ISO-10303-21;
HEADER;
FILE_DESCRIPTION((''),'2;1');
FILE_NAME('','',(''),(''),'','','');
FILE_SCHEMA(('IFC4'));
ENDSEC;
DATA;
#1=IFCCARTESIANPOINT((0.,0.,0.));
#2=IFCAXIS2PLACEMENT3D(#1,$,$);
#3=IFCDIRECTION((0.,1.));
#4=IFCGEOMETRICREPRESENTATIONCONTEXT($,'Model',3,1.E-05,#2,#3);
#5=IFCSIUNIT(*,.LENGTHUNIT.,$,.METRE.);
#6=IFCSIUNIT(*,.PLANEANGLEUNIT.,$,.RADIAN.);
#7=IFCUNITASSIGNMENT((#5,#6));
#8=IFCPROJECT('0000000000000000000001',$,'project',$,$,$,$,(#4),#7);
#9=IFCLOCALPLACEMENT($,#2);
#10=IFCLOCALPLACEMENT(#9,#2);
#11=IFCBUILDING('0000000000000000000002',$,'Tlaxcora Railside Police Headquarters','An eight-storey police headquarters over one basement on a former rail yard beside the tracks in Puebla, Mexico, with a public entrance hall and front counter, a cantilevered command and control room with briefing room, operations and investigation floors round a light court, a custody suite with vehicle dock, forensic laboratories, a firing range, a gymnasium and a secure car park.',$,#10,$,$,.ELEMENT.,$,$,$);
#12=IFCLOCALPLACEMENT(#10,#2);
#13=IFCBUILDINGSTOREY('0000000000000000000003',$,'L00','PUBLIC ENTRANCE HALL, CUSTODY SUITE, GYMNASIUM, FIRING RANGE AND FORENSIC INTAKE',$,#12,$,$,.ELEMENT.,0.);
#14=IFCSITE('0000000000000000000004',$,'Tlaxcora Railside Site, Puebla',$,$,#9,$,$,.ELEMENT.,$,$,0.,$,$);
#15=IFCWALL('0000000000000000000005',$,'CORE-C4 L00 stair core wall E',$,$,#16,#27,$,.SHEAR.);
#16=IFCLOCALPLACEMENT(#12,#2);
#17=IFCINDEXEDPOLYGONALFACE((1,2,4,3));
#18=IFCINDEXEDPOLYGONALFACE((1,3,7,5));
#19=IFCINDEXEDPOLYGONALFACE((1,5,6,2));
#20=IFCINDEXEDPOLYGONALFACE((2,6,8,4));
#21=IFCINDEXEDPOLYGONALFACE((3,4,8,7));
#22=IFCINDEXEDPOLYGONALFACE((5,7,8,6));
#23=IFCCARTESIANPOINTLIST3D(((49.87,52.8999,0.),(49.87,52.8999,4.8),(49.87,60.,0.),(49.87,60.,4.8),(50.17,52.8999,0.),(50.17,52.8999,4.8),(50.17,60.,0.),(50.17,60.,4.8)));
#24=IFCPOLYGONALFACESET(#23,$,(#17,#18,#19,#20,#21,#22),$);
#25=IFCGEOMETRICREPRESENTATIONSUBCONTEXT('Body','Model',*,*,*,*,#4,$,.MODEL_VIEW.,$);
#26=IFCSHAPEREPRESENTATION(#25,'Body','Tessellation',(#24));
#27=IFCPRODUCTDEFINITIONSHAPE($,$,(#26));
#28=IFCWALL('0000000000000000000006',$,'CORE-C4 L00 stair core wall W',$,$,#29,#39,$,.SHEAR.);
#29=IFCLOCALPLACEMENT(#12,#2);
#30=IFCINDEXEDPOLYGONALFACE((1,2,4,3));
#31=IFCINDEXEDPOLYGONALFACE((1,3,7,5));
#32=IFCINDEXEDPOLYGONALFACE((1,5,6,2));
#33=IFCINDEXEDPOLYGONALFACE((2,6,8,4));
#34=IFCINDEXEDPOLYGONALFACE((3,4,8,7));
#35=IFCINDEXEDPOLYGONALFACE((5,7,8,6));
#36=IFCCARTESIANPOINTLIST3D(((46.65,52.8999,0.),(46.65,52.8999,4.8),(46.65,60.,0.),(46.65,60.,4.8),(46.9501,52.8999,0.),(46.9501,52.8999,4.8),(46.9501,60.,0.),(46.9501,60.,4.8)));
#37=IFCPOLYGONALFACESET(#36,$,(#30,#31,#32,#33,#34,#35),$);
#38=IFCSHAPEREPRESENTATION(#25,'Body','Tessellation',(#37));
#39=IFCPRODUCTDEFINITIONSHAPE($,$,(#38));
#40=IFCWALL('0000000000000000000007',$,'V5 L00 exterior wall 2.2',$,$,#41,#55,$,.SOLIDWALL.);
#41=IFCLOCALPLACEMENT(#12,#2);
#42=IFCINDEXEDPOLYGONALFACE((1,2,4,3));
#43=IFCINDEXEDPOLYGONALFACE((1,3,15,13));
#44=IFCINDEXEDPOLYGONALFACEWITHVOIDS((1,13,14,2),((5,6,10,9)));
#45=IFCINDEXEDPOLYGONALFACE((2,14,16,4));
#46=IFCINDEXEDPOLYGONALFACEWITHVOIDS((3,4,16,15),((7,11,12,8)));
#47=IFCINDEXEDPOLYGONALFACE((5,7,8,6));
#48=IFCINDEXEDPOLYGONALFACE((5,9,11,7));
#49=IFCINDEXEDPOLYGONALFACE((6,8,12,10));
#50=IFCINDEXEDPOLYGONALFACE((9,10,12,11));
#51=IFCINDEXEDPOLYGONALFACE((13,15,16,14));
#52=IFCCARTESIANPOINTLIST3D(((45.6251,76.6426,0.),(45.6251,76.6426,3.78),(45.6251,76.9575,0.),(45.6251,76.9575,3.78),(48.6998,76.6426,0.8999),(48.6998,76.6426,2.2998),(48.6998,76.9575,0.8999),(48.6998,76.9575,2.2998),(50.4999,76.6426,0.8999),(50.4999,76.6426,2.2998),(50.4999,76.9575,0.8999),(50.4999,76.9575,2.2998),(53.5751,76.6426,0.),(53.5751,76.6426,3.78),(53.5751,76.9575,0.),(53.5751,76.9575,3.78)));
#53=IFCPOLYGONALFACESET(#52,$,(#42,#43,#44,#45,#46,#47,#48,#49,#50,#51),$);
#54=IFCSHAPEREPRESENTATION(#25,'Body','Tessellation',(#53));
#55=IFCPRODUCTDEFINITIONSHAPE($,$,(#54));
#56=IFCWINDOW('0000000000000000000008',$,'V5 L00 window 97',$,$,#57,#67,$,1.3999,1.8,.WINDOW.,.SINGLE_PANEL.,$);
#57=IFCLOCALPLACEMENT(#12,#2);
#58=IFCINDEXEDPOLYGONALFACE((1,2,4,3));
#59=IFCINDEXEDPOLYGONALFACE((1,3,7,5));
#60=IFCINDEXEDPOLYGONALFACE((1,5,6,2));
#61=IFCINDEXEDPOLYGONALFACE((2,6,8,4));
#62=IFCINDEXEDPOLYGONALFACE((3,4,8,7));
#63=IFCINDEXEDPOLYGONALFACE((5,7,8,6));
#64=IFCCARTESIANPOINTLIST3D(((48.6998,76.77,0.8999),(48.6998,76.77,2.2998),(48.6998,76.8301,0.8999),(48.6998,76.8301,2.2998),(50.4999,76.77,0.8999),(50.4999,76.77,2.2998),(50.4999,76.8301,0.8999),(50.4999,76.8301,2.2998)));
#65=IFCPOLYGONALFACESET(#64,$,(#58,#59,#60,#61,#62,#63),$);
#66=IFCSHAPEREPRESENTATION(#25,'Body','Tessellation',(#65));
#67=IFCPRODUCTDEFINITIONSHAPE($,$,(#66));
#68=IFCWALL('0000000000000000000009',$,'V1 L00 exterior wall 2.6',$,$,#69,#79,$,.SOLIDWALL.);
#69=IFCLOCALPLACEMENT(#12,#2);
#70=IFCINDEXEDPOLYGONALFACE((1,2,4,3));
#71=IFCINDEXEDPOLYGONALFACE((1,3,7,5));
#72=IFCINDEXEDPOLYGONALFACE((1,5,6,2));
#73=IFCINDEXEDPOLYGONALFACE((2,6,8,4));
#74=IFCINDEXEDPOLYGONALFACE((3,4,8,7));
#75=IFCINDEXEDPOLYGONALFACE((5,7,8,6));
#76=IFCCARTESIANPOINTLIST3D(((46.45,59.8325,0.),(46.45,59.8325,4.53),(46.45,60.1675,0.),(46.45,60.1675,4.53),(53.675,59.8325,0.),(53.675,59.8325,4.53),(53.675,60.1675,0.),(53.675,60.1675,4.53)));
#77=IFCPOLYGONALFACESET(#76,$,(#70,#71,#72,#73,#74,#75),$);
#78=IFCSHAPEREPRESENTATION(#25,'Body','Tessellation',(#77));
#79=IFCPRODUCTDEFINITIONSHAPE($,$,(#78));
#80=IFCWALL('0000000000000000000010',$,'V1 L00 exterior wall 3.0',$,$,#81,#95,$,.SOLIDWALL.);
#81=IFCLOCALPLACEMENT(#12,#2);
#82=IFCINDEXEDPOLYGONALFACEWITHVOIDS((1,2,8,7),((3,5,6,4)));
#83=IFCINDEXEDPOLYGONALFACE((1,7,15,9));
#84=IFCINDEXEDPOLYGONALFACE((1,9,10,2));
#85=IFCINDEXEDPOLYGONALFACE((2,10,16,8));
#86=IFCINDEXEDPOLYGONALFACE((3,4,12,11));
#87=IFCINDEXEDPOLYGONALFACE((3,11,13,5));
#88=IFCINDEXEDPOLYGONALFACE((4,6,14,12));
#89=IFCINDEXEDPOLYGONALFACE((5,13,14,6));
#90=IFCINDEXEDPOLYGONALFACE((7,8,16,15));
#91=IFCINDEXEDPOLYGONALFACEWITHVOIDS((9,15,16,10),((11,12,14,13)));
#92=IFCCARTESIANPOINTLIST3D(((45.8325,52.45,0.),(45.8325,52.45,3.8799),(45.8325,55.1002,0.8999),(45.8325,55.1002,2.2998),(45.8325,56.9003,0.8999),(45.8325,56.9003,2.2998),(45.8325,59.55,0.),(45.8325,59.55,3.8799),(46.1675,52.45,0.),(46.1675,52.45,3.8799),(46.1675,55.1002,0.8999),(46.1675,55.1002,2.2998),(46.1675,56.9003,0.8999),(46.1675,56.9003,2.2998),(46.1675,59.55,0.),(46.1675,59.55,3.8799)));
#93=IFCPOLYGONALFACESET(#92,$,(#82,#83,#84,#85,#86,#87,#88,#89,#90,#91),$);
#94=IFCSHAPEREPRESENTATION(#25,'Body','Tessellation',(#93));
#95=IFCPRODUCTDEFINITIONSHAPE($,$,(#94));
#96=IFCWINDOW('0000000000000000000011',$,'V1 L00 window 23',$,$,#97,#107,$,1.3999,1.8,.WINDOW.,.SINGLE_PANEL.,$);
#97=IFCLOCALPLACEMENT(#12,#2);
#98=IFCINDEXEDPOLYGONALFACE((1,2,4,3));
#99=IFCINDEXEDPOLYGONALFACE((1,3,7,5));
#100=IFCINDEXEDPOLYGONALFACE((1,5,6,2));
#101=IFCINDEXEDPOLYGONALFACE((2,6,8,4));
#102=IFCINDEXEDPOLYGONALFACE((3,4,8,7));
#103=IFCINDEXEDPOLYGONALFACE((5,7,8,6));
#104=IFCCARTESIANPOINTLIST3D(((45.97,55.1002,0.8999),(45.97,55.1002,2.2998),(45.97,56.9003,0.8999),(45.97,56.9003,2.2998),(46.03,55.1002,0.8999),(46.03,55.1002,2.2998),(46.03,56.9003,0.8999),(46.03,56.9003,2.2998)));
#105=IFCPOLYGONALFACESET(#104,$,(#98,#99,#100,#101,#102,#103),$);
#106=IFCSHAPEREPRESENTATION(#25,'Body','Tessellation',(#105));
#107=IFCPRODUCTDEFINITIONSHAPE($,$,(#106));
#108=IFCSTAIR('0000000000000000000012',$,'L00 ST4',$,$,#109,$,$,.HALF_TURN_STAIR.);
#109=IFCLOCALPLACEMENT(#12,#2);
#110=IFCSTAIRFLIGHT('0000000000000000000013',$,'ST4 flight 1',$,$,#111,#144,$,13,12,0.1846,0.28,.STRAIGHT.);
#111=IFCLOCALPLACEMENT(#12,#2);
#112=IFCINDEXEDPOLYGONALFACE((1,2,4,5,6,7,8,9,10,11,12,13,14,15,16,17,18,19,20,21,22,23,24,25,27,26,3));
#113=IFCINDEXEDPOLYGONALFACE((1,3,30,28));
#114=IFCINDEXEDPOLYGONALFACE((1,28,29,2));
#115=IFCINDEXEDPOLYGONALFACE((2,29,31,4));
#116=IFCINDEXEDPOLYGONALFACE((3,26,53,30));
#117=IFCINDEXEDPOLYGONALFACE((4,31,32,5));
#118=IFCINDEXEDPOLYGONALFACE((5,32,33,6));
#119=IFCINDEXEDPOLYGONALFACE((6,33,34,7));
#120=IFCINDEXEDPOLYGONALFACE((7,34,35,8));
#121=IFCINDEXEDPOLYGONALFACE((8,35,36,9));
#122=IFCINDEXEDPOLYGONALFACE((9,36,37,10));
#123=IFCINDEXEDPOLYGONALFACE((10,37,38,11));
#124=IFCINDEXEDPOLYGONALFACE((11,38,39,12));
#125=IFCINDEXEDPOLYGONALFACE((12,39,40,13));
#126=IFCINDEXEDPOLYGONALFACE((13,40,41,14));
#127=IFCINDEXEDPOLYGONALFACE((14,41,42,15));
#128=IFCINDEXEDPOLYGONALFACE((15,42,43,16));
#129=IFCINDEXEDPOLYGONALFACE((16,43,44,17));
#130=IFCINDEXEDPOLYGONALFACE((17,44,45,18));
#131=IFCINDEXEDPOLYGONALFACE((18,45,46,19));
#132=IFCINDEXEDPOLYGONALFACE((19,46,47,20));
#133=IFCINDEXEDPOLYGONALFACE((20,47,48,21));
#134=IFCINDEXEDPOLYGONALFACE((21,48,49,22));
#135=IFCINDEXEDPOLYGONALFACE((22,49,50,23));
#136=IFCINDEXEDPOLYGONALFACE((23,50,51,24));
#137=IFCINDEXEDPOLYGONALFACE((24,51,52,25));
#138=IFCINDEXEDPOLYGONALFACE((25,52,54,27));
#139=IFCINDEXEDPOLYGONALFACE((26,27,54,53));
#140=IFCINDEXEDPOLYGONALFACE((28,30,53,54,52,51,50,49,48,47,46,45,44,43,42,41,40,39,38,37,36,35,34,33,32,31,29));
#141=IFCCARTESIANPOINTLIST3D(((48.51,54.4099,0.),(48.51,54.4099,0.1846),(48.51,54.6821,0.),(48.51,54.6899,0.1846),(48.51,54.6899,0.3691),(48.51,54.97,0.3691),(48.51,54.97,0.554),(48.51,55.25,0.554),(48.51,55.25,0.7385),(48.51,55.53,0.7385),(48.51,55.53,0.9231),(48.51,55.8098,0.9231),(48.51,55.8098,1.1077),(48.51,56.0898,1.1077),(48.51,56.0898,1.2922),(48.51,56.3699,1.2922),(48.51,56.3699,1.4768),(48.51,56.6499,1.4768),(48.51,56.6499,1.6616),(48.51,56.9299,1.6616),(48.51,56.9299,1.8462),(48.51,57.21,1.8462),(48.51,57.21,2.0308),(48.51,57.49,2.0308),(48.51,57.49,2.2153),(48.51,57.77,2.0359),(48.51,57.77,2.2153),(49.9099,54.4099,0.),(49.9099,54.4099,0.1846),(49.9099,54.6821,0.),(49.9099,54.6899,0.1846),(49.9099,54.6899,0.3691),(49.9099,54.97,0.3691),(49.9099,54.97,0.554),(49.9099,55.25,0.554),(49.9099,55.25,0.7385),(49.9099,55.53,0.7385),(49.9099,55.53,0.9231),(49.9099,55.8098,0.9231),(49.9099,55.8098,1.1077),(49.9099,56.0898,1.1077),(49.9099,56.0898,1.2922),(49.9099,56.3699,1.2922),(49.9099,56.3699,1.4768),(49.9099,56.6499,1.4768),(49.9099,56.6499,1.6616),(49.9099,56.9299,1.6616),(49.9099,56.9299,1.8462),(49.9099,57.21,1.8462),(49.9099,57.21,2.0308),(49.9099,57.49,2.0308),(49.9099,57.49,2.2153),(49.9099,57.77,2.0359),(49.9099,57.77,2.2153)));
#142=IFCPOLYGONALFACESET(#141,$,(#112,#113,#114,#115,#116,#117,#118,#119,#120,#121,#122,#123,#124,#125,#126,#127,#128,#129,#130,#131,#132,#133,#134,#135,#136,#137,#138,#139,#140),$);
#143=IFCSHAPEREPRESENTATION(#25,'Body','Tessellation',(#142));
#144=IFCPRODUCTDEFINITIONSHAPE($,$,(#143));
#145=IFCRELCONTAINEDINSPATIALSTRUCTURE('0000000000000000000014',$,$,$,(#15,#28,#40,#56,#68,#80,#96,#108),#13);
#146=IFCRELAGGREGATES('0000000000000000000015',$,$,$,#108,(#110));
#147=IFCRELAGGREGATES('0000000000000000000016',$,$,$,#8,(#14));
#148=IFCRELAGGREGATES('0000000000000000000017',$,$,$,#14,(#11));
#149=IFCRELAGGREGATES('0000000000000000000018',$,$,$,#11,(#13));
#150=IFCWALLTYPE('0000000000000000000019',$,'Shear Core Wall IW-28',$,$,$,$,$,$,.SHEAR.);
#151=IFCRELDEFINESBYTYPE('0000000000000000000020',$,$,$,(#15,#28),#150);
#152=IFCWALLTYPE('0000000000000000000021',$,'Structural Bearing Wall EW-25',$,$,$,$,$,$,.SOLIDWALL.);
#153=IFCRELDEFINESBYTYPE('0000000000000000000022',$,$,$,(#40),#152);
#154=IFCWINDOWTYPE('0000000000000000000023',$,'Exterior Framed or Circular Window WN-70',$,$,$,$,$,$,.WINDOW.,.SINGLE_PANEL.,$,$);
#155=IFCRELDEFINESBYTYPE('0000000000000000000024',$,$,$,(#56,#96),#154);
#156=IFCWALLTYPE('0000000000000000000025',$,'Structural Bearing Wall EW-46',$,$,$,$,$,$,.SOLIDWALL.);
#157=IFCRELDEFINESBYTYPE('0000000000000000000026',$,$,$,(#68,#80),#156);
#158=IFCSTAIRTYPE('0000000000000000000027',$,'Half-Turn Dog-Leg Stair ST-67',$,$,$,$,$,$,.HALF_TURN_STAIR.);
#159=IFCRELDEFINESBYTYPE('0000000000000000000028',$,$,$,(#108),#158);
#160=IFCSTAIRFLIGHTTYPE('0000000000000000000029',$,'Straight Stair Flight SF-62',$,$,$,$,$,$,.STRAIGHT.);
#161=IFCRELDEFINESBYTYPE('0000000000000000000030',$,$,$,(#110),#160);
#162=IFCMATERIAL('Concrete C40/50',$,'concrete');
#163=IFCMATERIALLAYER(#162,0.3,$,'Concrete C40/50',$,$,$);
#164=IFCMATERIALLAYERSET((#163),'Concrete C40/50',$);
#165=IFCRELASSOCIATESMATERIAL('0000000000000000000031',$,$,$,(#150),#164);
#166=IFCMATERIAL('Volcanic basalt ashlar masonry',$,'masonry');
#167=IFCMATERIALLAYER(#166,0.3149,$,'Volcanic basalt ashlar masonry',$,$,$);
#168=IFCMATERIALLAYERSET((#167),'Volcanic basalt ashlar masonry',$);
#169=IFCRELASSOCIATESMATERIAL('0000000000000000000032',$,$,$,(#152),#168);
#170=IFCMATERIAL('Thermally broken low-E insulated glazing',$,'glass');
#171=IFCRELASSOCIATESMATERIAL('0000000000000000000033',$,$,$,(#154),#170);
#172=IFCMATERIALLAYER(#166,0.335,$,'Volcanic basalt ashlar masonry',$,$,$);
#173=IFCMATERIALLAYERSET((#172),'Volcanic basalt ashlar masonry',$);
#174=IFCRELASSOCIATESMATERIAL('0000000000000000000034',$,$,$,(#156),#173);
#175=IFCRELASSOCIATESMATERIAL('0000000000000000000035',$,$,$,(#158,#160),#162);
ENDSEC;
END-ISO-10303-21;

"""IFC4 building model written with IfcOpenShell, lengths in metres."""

from ifc_helpers import new_model, si_unit, direction, frame, frame_2d, origin, place, context, subcontext, project, spatial, polyline, rectangle, outline, extrude, material, layer, layer_set, type_object, element, fill, aggregate, save


model = new_model("IFC4")

# Units and contexts
model_context = context("Model", 3, precision=1e-05, world=origin(), true_north=direction((0.0, 1.0)))
body_context = subcontext(model_context, "Body", "Model", "MODEL_VIEW")
ifc_project = project(units=[si_unit("LENGTHUNIT", "METRE"), si_unit("PLANEANGLEUNIT", "RADIAN")], contexts=[model_context])

# Site, building, storey
site_placement = place(None, origin())
site = spatial("IfcSite", under=ifc_project, at=site_placement, Name="Tlaxcora Railside Site, Puebla", CompositionType="ELEMENT", RefElevation=0.0)
building_placement = place(site_placement, origin())
building = spatial("IfcBuilding", under=site, at=building_placement, Name="Tlaxcora Railside Police Headquarters", Description="An eight-storey police headquarters over one basement on a former rail yard beside the tracks in Puebla, Mexico, with a public entrance hall and front counter, a cantilevered command and control room with briefing room, operations and investigation floors round a light court, a custody suite with vehicle dock, forensic laboratories, a firing range, a gymnasium and a secure car park.", CompositionType="ELEMENT")
storey_placement = place(building_placement, origin())
storey = spatial("IfcBuildingStorey", under=building, at=storey_placement, Name="L00", Description="PUBLIC ENTRANCE HALL, CUSTODY SUITE, GYMNASIUM, FIRING RANGE AND FORENSIC INTAKE", CompositionType="ELEMENT", Elevation=0.0)

# Shared definitions
ifc_material_1 = material(Name="Concrete C40/50", Category="concrete")

# Shared definitions
ifc_layer_1 = layer(ifc_material_1, 0.3, Name="Concrete C40/50")
ifc_layer_set_1 = layer_set([ifc_layer_1], Name="Concrete C40/50")
wall_type_1 = type_object("IfcWallType", Name="Shear Core Wall IW-28", PredefinedType="SHEAR", material=ifc_layer_set_1)

# Walls
for number, where, z_axis, x_axis, name in (
    (1, (50.02, 52.8999, 0.0), (0.0, 0.0, 1.0), (0.0, 1.0, 0.0), "CORE-C4 L00 stair core wall E"),
    (2, (46.8, 60.0, 0.0), (0.0, 0.0, 1.0), (0.0, -1.0, 0.0), "CORE-C4 L00 stair core wall W"),
):
    element("IfcWall", number, at=place(storey_placement, frame(where, z_axis=z_axis, x_axis=x_axis)), inside=storey, type_object=wall_type_1, Name=name, PredefinedType="SHEAR", context=body_context, shape_type="SweptSolid", body=[
        extrude(rectangle(XDim=7.1001, YDim=0.3, at=frame_2d((3.55, 0.0))), origin(), (0.0, 0.0, 1.0), 4.8),
    ])

# Wall, opening, window
ifc_material_2 = material(Name="Volcanic basalt ashlar masonry", Category="masonry")
ifc_layer_2 = layer(ifc_material_2, 0.3149, Name="Volcanic basalt ashlar masonry")
ifc_layer_set_2 = layer_set([ifc_layer_2], Name="Volcanic basalt ashlar masonry")
wall_type_2 = type_object("IfcWallType", Name="Structural Bearing Wall EW-25", PredefinedType="SOLIDWALL", material=ifc_layer_set_2)
wall_1_placement = place(storey_placement, frame((45.625, 76.8, 0.0), z_axis=(0.0, 0.0, 1.0), x_axis=(1.0, 0.0, 0.0)))
wall_1 = element("IfcWall", 3, at=wall_1_placement, inside=storey, type_object=wall_type_2, Name="V5 L00 exterior wall 2.2", PredefinedType="SOLIDWALL", context=body_context, shape_type="SweptSolid", body=[
    extrude(rectangle(XDim=7.95, YDim=0.3149, at=frame_2d((3.9751, 0.0))), origin(), (0.0, 0.0, 1.0), 3.78),
])
opening_1_placement = place(wall_1_placement, frame((3.075, 0.0, 0.8999)))
opening_1 = element("IfcOpeningElement", 4, at=opening_1_placement, cuts=wall_1, PredefinedType="OPENING", context=body_context, shape_type="SweptSolid", body=[
    extrude(rectangle(XDim=1.8, YDim=1.3999, at=frame_2d((0.8999, 0.7))), frame((0.0, 0.1675, 0.0), z_axis=(0.0, -1.0, 0.0), x_axis=(1.0, 0.0, 0.0)), (0.0, 0.0, 1.0), 0.335),
])
ifc_material_3 = material(Name="Thermally broken low-E insulated glazing", Category="glass")
window_type = type_object("IfcWindowType", Name="Exterior Framed or Circular Window WN-70", PartitioningType="SINGLE_PANEL", PredefinedType="WINDOW", material=ifc_material_3)
window_1_placement = place(opening_1_placement, origin())
window_1 = element("IfcWindow", 5, at=window_1_placement, inside=storey, type_object=window_type, Name="V5 L00 window 97", OverallHeight=1.3999, OverallWidth=1.8, PartitioningType="SINGLE_PANEL", PredefinedType="WINDOW", context=body_context, shape_type="SweptSolid", body=[
    extrude(rectangle(XDim=1.8, YDim=1.3999, at=frame_2d((0.8999, 0.7))), frame((0.0, 0.03, 0.0), z_axis=(0.0, -1.0, 0.0), x_axis=(1.0, 0.0, 0.0)), (0.0, 0.0, 1.0), 0.0601),
])
fill(opening_1, window_1)

# Wall
ifc_layer_3 = layer(ifc_material_2, 0.335, Name="Volcanic basalt ashlar masonry")
ifc_layer_set_3 = layer_set([ifc_layer_3], Name="Volcanic basalt ashlar masonry")
wall_type_3 = type_object("IfcWallType", Name="Structural Bearing Wall EW-46", PredefinedType="SOLIDWALL", material=ifc_layer_set_3)
wall_2_placement = place(storey_placement, frame((53.675, 60.0, 0.0), z_axis=(0.0, 0.0, 1.0), x_axis=(-1.0, 0.0, 0.0)))
element("IfcWall", 6, at=wall_2_placement, inside=storey, type_object=wall_type_3, Name="V1 L00 exterior wall 2.6", PredefinedType="SOLIDWALL", context=body_context, shape_type="SweptSolid", body=[
    extrude(rectangle(XDim=7.2251, YDim=0.335, at=frame_2d((3.6125, 0.0))), origin(), (0.0, 0.0, 1.0), 4.53),
])

# Wall, opening, window
wall_3_placement = place(storey_placement, frame((46.0, 59.55, 0.0), z_axis=(0.0, 0.0, 1.0), x_axis=(0.0, -1.0, 0.0)))
wall_3 = element("IfcWall", 7, at=wall_3_placement, inside=storey, type_object=wall_type_3, Name="V1 L00 exterior wall 3.0", PredefinedType="SOLIDWALL", context=body_context, shape_type="SweptSolid", body=[
    extrude(rectangle(XDim=7.1001, YDim=0.335, at=frame_2d((3.55, 0.0))), origin(), (0.0, 0.0, 1.0), 3.8799),
])
opening_2_placement = place(wall_3_placement, frame((2.6499, 0.0, 0.8999)))
opening_2 = element("IfcOpeningElement", 8, at=opening_2_placement, cuts=wall_3, PredefinedType="OPENING", context=body_context, shape_type="SweptSolid", body=[
    extrude(rectangle(XDim=1.8, YDim=1.3999, at=frame_2d((0.8999, 0.7))), frame((0.0, 0.1775, 0.0), z_axis=(0.0, -1.0, 0.0), x_axis=(1.0, 0.0, 0.0)), (0.0, 0.0, 1.0), 0.355),
])
window_2_placement = place(opening_2_placement, origin())
window_2 = element("IfcWindow", 9, at=window_2_placement, inside=storey, type_object=window_type, Name="V1 L00 window 23", OverallHeight=1.3999, OverallWidth=1.8, PartitioningType="SINGLE_PANEL", PredefinedType="WINDOW", context=body_context, shape_type="SweptSolid", body=[
    extrude(rectangle(XDim=1.8, YDim=1.3999, at=frame_2d((0.8999, 0.7))), frame((0.0, 0.03, 0.0), z_axis=(0.0, -1.0, 0.0), x_axis=(1.0, 0.0, 0.0)), (0.0, 0.0, 1.0), 0.0601),
])
fill(opening_2, window_2)

# Stair, stair flight
stair_type = type_object("IfcStairType", Name="Half-Turn Dog-Leg Stair ST-67", PredefinedType="HALF_TURN_STAIR", material=ifc_material_1)
stair_placement = place(storey_placement, origin())
stair = element("IfcStair", 10, at=stair_placement, inside=storey, type_object=stair_type, Name="L00 ST4", PredefinedType="HALF_TURN_STAIR")
stair_flight_type = type_object("IfcStairFlightType", Name="Straight Stair Flight SF-62", PredefinedType="STRAIGHT", material=ifc_material_1)
stair_flight_1_placement = place(storey_placement, frame((49.21, 54.4099, 0.0), z_axis=(0.0, 0.0, 1.0), x_axis=(0.0, 1.0, 0.0)))
stair_flight_1 = element("IfcStairFlight", 11, at=stair_flight_1_placement, type_object=stair_flight_type, Name="ST4 flight 1", NumberOfRisers=13, NumberOfTreads=12, PredefinedType="STRAIGHT", RiserHeight=0.1846, TreadLength=0.28, context=body_context, shape_type="SweptSolid", body=[
    extrude(outline(polyline([(0.0, 0.0), (0.0, 0.1846), (0.28, 0.1846), (0.28, 0.3691), (0.5601, 0.3691), (0.5601, 0.554), (0.8401, 0.554), (0.8401, 0.7385), (1.1201, 0.7385), (1.1201, 0.9231), (1.3999, 0.9231), (1.3999, 1.1077), (1.6799, 1.1077), (1.6799, 1.2922), (1.96, 1.2922), (1.96, 1.4768), (2.24, 1.4768), (2.24, 1.6616), (2.52, 1.6616), (2.52, 1.8462), (2.8, 1.8462), (2.8, 2.0308), (3.0801, 2.0308), (3.0801, 2.2153), (3.3601, 2.2153), (3.3601, 2.3999), (3.3601, 2.0359), (0.2722, 0.0), (0.0, 0.0)])), frame((0.0, 0.7, 0.0), z_axis=(0.0, -1.0, 0.0), x_axis=(1.0, 0.0, 0.0)), (0.0, 0.0, 1.0), 1.3999),
])
aggregate(stair, [stair_flight_1])

save(model, "model.ifc")
